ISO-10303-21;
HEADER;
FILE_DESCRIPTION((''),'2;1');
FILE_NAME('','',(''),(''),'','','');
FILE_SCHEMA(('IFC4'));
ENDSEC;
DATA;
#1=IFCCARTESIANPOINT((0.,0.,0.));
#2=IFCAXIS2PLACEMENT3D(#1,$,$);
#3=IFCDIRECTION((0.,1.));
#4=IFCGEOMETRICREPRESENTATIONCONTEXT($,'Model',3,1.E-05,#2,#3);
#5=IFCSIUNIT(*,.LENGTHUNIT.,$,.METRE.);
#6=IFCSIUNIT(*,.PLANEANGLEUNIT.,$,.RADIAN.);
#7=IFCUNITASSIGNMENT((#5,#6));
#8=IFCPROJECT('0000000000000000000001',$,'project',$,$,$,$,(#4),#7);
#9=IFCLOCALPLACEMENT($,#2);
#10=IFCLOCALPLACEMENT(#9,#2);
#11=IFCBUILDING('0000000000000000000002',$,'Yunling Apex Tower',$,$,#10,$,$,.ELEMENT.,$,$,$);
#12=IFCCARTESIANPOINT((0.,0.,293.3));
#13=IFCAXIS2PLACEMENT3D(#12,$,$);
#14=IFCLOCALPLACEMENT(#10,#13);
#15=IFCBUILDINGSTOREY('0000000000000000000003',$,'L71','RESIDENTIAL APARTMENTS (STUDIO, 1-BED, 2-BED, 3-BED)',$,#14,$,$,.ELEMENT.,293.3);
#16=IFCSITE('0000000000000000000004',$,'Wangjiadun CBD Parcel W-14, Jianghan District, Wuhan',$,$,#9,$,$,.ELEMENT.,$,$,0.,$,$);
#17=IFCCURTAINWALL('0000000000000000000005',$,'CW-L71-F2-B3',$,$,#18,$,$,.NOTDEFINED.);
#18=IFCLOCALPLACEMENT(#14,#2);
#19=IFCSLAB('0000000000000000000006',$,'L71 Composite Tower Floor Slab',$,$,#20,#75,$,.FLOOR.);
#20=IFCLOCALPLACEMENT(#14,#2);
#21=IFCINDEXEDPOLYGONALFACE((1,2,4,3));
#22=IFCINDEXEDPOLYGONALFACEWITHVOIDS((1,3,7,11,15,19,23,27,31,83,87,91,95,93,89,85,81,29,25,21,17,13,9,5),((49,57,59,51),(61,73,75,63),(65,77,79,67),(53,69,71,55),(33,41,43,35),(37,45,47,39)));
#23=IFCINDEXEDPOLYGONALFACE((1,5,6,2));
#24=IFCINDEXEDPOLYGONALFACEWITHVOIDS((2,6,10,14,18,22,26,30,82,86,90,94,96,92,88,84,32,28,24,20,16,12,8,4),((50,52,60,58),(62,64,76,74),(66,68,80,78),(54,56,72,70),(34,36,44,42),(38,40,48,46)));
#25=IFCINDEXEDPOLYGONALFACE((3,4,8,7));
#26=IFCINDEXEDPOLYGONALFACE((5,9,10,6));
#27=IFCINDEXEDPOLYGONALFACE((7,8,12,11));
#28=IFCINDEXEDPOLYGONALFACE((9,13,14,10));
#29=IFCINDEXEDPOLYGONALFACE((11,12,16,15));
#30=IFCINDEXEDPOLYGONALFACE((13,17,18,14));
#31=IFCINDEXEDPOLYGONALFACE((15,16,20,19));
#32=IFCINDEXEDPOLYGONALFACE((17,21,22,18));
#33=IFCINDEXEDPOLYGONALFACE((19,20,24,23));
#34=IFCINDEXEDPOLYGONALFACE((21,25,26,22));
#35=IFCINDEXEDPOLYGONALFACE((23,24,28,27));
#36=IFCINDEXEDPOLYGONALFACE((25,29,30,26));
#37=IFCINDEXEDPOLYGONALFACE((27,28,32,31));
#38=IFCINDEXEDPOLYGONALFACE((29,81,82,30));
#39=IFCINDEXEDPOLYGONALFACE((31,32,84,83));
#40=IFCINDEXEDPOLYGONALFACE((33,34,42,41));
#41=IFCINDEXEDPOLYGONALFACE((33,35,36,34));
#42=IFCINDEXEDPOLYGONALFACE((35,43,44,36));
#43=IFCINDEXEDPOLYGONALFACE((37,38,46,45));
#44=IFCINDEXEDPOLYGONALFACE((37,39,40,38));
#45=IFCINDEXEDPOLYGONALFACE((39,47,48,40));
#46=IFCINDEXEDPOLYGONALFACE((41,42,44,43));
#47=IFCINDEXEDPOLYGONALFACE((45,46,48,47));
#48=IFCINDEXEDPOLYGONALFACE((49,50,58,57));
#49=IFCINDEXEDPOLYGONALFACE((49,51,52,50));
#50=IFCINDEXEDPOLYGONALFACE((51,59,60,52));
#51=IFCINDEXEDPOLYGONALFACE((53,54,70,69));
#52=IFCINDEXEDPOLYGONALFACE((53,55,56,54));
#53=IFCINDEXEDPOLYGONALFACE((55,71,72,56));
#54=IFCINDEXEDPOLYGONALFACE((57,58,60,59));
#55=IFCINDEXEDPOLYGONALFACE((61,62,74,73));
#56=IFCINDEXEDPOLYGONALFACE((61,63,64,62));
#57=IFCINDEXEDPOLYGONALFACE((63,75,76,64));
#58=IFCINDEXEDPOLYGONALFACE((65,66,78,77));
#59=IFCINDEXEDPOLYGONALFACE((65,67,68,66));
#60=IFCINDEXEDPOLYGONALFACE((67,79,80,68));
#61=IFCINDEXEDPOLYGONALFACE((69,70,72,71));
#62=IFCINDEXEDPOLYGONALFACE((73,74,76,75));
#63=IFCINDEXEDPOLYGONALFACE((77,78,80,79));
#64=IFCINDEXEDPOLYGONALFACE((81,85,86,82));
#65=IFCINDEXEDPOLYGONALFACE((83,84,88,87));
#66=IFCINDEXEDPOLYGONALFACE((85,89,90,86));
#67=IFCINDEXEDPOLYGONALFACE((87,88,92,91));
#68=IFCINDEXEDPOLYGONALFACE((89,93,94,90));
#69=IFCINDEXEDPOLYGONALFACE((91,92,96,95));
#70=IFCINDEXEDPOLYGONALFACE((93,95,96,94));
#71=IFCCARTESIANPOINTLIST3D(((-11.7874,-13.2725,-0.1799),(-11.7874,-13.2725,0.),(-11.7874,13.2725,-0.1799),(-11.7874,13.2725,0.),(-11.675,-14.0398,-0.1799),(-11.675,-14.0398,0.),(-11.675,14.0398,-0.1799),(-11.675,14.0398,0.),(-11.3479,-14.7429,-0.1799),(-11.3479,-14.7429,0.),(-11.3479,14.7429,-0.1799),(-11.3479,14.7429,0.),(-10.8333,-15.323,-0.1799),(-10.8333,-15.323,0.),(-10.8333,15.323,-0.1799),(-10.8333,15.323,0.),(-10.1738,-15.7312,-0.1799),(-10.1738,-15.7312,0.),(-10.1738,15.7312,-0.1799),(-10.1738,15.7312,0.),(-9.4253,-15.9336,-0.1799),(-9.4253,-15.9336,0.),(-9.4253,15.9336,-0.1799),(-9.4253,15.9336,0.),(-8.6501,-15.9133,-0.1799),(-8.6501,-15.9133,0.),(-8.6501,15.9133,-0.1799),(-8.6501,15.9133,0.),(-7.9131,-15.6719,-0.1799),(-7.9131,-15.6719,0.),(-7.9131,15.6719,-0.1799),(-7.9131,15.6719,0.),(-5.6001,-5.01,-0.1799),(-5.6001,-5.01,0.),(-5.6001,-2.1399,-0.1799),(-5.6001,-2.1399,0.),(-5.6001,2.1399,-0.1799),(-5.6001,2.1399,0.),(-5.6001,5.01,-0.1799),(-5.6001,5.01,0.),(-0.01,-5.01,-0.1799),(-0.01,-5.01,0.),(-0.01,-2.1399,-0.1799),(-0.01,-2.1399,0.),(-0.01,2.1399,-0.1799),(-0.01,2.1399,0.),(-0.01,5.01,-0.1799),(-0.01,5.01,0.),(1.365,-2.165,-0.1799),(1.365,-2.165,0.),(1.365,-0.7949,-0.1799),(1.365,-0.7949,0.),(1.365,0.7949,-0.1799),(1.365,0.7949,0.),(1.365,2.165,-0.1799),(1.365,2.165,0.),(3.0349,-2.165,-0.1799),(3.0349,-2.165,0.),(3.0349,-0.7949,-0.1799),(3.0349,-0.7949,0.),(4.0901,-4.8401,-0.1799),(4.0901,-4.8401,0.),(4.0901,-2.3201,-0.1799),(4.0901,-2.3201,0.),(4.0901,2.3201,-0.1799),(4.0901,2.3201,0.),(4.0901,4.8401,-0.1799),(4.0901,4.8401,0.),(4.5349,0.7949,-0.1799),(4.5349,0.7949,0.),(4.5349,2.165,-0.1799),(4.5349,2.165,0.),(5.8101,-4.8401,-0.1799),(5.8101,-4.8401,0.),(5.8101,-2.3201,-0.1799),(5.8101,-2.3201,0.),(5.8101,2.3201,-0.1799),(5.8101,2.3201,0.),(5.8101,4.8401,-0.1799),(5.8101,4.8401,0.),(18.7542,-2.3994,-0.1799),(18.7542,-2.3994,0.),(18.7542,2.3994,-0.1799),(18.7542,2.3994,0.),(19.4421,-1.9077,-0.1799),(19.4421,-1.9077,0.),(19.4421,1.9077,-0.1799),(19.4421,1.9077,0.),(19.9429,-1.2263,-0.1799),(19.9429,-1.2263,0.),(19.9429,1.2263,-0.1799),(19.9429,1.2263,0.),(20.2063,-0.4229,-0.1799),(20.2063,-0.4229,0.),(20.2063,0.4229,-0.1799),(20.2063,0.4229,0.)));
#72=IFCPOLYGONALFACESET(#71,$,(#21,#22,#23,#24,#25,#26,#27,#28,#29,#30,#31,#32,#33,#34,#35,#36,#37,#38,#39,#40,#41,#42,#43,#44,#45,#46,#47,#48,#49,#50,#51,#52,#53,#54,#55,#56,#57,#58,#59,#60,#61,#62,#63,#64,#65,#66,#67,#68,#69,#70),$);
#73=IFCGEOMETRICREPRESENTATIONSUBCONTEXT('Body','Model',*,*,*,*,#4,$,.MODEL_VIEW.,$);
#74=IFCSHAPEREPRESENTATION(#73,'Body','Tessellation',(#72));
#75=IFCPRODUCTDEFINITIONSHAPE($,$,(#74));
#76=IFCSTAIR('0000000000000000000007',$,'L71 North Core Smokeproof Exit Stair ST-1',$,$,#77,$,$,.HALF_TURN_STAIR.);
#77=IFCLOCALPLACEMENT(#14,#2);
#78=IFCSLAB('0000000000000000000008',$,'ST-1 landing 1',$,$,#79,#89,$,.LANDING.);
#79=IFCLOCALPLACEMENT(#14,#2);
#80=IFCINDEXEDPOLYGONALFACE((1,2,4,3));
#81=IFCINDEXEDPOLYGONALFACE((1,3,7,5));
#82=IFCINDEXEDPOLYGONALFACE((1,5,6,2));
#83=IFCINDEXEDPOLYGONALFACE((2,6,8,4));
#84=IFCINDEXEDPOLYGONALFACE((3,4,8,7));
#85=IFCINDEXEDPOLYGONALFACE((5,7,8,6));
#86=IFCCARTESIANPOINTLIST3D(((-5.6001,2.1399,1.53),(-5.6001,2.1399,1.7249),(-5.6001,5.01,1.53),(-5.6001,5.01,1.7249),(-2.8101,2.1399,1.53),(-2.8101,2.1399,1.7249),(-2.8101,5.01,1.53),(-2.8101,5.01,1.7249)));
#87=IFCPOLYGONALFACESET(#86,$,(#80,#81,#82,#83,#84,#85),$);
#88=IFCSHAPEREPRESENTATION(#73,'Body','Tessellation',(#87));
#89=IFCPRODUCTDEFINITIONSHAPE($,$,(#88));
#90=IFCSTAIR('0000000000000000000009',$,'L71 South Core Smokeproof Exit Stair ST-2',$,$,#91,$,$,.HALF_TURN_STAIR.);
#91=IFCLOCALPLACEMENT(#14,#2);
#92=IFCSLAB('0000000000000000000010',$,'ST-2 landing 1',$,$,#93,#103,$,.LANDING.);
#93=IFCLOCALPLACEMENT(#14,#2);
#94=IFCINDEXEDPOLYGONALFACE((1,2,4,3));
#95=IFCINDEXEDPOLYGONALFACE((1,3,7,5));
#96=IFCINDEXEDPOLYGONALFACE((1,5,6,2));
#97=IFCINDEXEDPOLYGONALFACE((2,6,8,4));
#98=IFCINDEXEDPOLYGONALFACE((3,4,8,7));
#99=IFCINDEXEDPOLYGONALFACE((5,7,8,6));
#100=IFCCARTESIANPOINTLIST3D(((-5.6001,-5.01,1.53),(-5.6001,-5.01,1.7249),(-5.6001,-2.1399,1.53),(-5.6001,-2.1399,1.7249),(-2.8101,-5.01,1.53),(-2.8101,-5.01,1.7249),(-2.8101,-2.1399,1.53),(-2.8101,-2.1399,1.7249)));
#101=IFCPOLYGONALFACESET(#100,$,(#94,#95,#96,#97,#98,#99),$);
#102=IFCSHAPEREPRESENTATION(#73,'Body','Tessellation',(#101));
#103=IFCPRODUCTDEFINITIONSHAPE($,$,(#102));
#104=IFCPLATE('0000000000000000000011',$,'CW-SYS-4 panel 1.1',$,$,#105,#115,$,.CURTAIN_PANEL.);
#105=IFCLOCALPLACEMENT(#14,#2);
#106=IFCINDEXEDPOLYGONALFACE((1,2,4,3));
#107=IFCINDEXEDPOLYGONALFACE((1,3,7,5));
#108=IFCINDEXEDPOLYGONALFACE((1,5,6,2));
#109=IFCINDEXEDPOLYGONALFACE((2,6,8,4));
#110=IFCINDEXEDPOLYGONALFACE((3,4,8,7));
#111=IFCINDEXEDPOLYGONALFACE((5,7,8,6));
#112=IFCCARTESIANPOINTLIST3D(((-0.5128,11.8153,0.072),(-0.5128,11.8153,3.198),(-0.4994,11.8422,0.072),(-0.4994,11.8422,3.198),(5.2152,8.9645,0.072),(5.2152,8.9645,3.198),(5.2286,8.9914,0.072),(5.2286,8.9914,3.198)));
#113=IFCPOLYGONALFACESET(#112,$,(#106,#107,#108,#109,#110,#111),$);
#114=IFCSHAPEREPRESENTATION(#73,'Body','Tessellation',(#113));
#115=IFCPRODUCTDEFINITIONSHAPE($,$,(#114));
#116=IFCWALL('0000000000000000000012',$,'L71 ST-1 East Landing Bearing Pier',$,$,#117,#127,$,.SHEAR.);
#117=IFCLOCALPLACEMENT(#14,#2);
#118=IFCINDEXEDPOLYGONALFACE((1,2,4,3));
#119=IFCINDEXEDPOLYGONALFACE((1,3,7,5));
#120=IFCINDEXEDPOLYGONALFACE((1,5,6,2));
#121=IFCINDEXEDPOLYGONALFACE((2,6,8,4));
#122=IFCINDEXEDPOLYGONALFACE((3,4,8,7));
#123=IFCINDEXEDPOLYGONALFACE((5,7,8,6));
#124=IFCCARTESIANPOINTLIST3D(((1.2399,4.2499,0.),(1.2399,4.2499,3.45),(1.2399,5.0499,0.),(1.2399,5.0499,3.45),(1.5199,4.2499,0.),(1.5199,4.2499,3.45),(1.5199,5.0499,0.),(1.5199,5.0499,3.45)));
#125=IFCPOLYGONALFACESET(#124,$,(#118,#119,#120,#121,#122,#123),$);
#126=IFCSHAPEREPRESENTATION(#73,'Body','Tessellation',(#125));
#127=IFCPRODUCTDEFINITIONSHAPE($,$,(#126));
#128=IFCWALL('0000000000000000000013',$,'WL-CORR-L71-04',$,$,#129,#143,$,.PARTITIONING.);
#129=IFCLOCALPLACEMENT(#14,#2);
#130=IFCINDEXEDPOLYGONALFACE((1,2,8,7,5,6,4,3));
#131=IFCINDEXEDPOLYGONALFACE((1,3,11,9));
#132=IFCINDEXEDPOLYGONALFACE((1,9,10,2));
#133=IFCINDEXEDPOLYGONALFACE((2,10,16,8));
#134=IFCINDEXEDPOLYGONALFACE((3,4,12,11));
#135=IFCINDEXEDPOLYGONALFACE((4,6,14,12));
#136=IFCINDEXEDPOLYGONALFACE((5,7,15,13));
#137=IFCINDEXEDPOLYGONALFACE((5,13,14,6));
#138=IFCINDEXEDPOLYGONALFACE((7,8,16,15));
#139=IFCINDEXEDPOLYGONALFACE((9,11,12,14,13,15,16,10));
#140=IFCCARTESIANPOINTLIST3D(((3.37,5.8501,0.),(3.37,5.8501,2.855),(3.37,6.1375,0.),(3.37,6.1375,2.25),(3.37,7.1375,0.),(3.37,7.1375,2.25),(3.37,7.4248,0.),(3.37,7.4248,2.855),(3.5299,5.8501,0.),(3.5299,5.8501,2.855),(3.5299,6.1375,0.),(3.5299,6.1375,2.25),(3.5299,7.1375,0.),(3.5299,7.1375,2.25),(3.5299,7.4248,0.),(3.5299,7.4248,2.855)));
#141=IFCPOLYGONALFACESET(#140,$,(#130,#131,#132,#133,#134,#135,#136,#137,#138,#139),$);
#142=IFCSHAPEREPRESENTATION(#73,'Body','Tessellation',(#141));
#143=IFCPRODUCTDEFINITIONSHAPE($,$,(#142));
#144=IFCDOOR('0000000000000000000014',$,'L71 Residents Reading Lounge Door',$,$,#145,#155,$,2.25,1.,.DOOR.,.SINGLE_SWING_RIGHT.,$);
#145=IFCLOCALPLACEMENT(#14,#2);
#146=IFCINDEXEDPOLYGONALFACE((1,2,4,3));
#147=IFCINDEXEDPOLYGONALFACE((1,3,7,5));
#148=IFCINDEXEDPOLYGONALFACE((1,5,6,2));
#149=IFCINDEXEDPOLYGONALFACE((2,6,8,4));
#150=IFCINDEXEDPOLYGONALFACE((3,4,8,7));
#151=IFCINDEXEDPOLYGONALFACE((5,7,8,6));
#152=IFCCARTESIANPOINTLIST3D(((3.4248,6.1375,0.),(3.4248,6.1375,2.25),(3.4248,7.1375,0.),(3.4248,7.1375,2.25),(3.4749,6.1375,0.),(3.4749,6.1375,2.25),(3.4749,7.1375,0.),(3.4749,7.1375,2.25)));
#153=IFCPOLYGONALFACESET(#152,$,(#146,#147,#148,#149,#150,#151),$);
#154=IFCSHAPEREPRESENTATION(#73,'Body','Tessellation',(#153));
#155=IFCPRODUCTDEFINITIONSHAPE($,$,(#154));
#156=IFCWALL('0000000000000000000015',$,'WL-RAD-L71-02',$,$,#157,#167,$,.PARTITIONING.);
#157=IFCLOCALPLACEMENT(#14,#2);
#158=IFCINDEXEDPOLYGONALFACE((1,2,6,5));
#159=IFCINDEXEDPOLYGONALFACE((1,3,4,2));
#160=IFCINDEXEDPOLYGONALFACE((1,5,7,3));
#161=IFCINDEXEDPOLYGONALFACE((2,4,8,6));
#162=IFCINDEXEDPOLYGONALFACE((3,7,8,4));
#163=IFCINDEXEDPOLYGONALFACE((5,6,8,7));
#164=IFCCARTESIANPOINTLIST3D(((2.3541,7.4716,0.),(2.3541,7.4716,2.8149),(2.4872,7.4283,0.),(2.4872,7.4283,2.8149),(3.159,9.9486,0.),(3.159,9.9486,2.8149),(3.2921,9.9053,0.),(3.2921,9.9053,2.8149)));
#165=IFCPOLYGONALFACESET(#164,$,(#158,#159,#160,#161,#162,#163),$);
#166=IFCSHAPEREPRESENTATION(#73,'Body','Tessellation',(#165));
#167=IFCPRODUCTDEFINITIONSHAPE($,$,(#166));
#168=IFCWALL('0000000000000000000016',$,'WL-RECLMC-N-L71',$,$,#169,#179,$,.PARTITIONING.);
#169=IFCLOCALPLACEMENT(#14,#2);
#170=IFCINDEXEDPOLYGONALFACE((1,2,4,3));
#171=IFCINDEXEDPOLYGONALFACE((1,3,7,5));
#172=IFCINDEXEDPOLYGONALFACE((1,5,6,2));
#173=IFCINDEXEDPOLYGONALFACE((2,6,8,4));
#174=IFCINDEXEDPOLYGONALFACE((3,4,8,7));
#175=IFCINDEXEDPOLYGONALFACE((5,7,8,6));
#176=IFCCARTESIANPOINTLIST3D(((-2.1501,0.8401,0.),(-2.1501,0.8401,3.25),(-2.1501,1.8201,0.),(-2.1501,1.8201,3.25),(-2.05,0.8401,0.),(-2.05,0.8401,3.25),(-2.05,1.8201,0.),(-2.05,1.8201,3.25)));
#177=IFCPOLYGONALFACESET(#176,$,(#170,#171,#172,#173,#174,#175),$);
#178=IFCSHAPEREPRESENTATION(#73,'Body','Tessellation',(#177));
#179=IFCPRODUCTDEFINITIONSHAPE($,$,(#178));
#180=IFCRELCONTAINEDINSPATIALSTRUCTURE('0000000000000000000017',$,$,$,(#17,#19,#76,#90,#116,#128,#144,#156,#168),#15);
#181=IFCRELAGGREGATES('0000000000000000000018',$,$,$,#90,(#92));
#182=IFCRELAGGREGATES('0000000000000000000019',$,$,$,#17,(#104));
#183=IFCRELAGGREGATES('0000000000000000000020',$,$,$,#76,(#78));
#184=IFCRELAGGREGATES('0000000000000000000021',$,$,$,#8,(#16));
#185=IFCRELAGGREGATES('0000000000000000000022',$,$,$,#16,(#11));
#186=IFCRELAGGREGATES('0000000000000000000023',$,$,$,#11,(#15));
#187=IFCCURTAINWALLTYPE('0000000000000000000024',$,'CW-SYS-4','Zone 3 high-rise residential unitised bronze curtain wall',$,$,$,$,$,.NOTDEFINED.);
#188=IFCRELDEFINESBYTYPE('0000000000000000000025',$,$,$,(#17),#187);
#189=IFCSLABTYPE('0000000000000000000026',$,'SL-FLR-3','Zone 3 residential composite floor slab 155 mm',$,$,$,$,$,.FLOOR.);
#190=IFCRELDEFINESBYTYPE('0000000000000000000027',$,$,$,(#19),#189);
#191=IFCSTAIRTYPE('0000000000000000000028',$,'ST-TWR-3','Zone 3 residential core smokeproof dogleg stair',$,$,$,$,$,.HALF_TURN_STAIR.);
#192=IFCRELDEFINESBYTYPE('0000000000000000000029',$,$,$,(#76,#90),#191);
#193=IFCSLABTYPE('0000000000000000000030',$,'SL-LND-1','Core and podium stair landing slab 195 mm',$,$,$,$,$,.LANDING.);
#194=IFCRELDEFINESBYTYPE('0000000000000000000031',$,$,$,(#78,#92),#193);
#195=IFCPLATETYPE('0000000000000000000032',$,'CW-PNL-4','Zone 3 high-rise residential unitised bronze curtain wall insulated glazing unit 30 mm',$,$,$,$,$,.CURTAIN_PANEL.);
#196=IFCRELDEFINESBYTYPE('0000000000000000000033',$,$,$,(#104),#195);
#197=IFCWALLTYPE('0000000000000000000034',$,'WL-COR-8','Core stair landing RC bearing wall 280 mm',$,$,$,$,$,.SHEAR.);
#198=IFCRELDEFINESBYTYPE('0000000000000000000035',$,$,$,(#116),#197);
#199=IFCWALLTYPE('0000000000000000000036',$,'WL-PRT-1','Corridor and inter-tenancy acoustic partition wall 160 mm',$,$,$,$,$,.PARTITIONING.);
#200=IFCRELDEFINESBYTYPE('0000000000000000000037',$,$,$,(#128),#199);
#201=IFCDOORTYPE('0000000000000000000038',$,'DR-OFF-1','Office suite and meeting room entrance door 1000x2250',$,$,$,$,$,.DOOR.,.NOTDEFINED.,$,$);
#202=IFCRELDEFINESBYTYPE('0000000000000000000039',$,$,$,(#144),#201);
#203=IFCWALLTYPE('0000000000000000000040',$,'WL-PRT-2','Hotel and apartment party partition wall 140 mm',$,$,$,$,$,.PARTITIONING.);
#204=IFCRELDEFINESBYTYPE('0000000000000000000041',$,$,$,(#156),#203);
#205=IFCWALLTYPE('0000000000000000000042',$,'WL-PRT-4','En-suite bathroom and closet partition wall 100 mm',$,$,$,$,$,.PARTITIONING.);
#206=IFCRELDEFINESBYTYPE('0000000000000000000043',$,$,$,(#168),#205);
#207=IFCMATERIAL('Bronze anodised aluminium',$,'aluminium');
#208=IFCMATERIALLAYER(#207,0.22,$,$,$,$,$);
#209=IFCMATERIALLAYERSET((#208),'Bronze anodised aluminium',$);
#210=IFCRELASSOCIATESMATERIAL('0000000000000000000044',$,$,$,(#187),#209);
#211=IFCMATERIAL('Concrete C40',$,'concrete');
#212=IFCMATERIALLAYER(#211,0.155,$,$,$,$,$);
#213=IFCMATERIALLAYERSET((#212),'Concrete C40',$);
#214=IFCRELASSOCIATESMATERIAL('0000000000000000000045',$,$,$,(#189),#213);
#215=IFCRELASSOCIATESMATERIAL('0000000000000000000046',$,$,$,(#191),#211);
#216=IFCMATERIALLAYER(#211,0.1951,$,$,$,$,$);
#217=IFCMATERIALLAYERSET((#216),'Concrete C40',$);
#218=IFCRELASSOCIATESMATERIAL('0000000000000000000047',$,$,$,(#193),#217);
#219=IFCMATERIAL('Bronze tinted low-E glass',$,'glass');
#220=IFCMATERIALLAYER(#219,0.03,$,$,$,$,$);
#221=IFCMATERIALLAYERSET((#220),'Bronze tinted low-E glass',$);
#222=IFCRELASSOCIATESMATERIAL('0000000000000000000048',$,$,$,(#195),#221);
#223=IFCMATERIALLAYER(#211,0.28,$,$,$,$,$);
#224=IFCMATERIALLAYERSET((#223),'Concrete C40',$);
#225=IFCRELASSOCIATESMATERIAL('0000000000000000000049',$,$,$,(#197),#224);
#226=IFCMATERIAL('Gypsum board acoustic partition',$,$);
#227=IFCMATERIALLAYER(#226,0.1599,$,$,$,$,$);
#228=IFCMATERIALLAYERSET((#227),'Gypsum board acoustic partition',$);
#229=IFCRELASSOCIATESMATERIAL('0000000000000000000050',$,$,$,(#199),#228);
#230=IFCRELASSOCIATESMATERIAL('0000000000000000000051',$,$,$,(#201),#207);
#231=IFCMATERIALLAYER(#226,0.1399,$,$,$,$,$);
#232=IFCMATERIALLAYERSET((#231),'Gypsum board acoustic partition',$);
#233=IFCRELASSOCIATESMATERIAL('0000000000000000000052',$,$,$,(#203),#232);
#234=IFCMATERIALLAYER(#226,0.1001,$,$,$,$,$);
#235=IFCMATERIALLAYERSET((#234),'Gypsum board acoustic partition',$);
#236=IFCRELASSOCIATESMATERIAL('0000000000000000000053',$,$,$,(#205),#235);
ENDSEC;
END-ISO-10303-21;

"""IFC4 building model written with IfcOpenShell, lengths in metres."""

from ifc_helpers import new_model, si_unit, direction, frame, frame_2d, origin, origin_2d, place, context, subcontext, project, spatial, polyline, rectangle, outline, extrude, source, transform, mapped, material, layer, layer_set, type_object, element, fill, aggregate, save


model = new_model("IFC4")

# Units and contexts
model_context = context("Model", 3, precision=1e-05, world=origin(), true_north=direction((0.0, 1.0)))
body_context = subcontext(model_context, "Body", "Model", "MODEL_VIEW")
ifc_project = project(units=[si_unit("LENGTHUNIT", "METRE"), si_unit("PLANEANGLEUNIT", "RADIAN")], contexts=[model_context])

# Site, building, storey
site_placement = place(None, origin())
site = spatial("IfcSite", under=ifc_project, at=site_placement, Name="Wangjiadun CBD Parcel W-14, Jianghan District, Wuhan", CompositionType="ELEMENT", RefElevation=0.0)
building_placement = place(site_placement, origin())
building = spatial("IfcBuilding", under=site, at=building_placement, Name="Yunling Apex Tower", CompositionType="ELEMENT")
storey_placement = place(building_placement, frame((0.0, 0.0, 293.3)))
storey = spatial("IfcBuildingStorey", under=building, at=storey_placement, Name="L71", Description="RESIDENTIAL APARTMENTS (STUDIO, 1-BED, 2-BED, 3-BED)", CompositionType="ELEMENT", Elevation=293.3)

# Shared definitions
ifc_material_1 = material(Name="Bronze anodised aluminium", Category="aluminium")
ifc_layer_1 = layer(ifc_material_1, 0.22)
ifc_layer_set_1 = layer_set([ifc_layer_1], Name="Bronze anodised aluminium")
curtain_wall_type = type_object("IfcCurtainWallType", Name="CW-SYS-4", Description="Zone 3 high-rise residential unitised bronze curtain wall", PredefinedType="NOTDEFINED", material=ifc_layer_set_1)

# Curtain wall
curtain_wall_1_placement = place(storey_placement, origin())
curtain_wall_1 = element("IfcCurtainWall", 1, at=curtain_wall_1_placement, inside=storey, type_object=curtain_wall_type, Name="CW-L71-F2-B3", PredefinedType="NOTDEFINED")

# Slab
ifc_material_2 = material(Name="Concrete C40", Category="concrete")
ifc_layer_2 = layer(ifc_material_2, 0.155)
ifc_layer_set_2 = layer_set([ifc_layer_2], Name="Concrete C40")
slab_type_1 = type_object("IfcSlabType", Name="SL-FLR-3", Description="Zone 3 residential composite floor slab 155 mm", PredefinedType="FLOOR", material=ifc_layer_set_2)
slab_1_placement = place(storey_placement, frame((0.0, 0.0, -0.1799)))
element("IfcSlab", 2, at=slab_1_placement, inside=storey, type_object=slab_type_1, Name="L71 Composite Tower Floor Slab", PredefinedType="FLOOR", context=body_context, shape_type="SweptSolid", body=[
    extrude(outline(polyline([(-11.7874, -13.2725), (-11.675, -14.0398), (-11.3479, -14.7429), (-10.8333, -15.323), (-10.1738, -15.7312), (-9.4253, -15.9336), (-8.6501, -15.9133), (-7.9131, -15.6719), (18.7542, -2.3994), (19.4421, -1.9077), (19.9429, -1.2263), (20.2063, -0.4229), (20.2063, 0.4229), (19.9429, 1.2263), (19.4421, 1.9077), (18.7542, 2.3994), (-7.9131, 15.6719), (-8.6501, 15.9133), (-9.4253, 15.9336), (-10.1738, 15.7312), (-10.8333, 15.323), (-11.3479, 14.7429), (-11.675, 14.0398), (-11.7874, 13.2725), (-11.7874, -13.2725)]), holes=[polyline([(4.0901, 4.8401), (5.8101, 4.8401), (5.8101, 2.3201), (4.0901, 2.3201), (4.0901, 4.8401)]), polyline([(4.0901, -4.8401), (4.0901, -2.3201), (5.8101, -2.3201), (5.8101, -4.8401), (4.0901, -4.8401)]), polyline([(4.5349, 0.7949), (1.365, 0.7949), (1.365, 2.165), (4.5349, 2.165), (4.5349, 0.7949)]), polyline([(1.365, -0.7949), (3.0349, -0.7949), (3.0349, -2.165), (1.365, -2.165), (1.365, -0.7949)]), polyline([(-0.01, -5.01), (-5.6001, -5.01), (-5.6001, -2.1399), (-0.01, -2.1399), (-0.01, -5.01)]), polyline([(-0.01, 2.1399), (-5.6001, 2.1399), (-5.6001, 5.01), (-0.01, 5.01), (-0.01, 2.1399)])]), origin(), (0.0, 0.0, 1.0), 0.1799),
])

# Stairs, slabs
stair_type = type_object("IfcStairType", Name="ST-TWR-3", Description="Zone 3 residential core smokeproof dogleg stair", PredefinedType="HALF_TURN_STAIR", material=ifc_material_2)
stair_1_placement = place(storey_placement, origin())
stair_1 = element("IfcStair", 3, at=stair_1_placement, inside=storey, type_object=stair_type, Name="L71 North Core Smokeproof Exit Stair ST-1", PredefinedType="HALF_TURN_STAIR")
ifc_layer_3 = layer(ifc_material_2, 0.1951)
ifc_layer_set_3 = layer_set([ifc_layer_3], Name="Concrete C40")
slab_type_2 = type_object("IfcSlabType", Name="SL-LND-1", Description="Core and podium stair landing slab 195 mm", PredefinedType="LANDING", material=ifc_layer_set_3)
slab_2_placement = place(storey_placement, frame((0.0, 0.0, 1.53)))
slab_2 = element("IfcSlab", 4, at=slab_2_placement, type_object=slab_type_2, Name="ST-1 landing 1", PredefinedType="LANDING", context=body_context, shape_type="SweptSolid", body=[
    extrude(outline(polyline([(-2.8101, 5.01), (-5.6001, 5.01), (-5.6001, 2.1399), (-2.8101, 2.1399), (-2.8101, 5.01)])), origin(), (0.0, 0.0, 1.0), 0.1948),
])
stair_2_placement = place(storey_placement, origin())
stair_2 = element("IfcStair", 5, at=stair_2_placement, inside=storey, type_object=stair_type, Name="L71 South Core Smokeproof Exit Stair ST-2", PredefinedType="HALF_TURN_STAIR")
slab_3_placement = place(storey_placement, frame((0.0, 0.0, 1.53)))
slab_3 = element("IfcSlab", 6, at=slab_3_placement, type_object=slab_type_2, Name="ST-2 landing 1", PredefinedType="LANDING", context=body_context, shape_type="SweptSolid", body=[
    extrude(outline(polyline([(-2.8101, -2.1399), (-5.6001, -2.1399), (-5.6001, -5.01), (-2.8101, -5.01), (-2.8101, -2.1399)])), origin(), (0.0, 0.0, 1.0), 0.1948),
])
aggregate(stair_2, [slab_3])

# Plate
ifc_material_3 = material(Name="Bronze tinted low-E glass", Category="glass")
ifc_layer_4 = layer(ifc_material_3, 0.03)
ifc_layer_set_4 = layer_set([ifc_layer_4], Name="Bronze tinted low-E glass")
plate_type = type_object("IfcPlateType", Name="CW-PNL-4", Description="Zone 3 high-rise residential unitised bronze curtain wall insulated glazing unit 30 mm", PredefinedType="CURTAIN_PANEL", material=ifc_layer_set_4)
shared_shape_1 = source(origin(), body_context, "Body", "SweptSolid", [
    extrude(rectangle(XDim=6.3982, YDim=0.03, at=origin_2d()), origin(), (0.0, 0.0, 1.0), 3.126),
])
plate_placement = place(storey_placement, frame((2.3579, 10.4033, 0.072), z_axis=(0.0, 0.0, 1.0), x_axis=(-0.895251, 0.445562, 0.0)))
plate = element("IfcPlate", 7, at=plate_placement, type_object=plate_type, Name="CW-SYS-4 panel 1.1", PredefinedType="CURTAIN_PANEL", context=body_context, shape_type="MappedRepresentation", body=[
    mapped(shared_shape_1, transform((0.0, 0.0, 0.0), scale=1.0)),
])
aggregate(curtain_wall_1, [plate])

# Wall
ifc_layer_5 = layer(ifc_material_2, 0.28)
ifc_layer_set_5 = layer_set([ifc_layer_5], Name="Concrete C40")
wall_type_1 = type_object("IfcWallType", Name="WL-COR-8", Description="Core stair landing RC bearing wall 280 mm", PredefinedType="SHEAR", material=ifc_layer_set_5)
wall_1_placement = place(storey_placement, frame((1.3799, 4.25, 0.0), z_axis=(0.0, 0.0, 1.0), x_axis=(0.0, 1.0, 0.0)))
element("IfcWall", 8, at=wall_1_placement, inside=storey, type_object=wall_type_1, Name="L71 ST-1 East Landing Bearing Pier", PredefinedType="SHEAR", context=body_context, shape_type="SweptSolid", body=[
    extrude(rectangle(XDim=0.8, YDim=0.28, at=frame_2d((0.3999, 0.0))), origin(), (0.0, 0.0, 1.0), 3.45),
])

# Wall, opening, door
ifc_material_4 = material(Name="Gypsum board acoustic partition")
ifc_layer_6 = layer(ifc_material_4, 0.1599)
ifc_layer_set_6 = layer_set([ifc_layer_6], Name="Gypsum board acoustic partition")
wall_type_2 = type_object("IfcWallType", Name="WL-PRT-1", Description="Corridor and inter-tenancy acoustic partition wall 160 mm", PredefinedType="PARTITIONING", material=ifc_layer_set_6)
wall_2_placement = place(storey_placement, frame((3.45, 7.4248, 0.0), z_axis=(0.0, 0.0, 1.0), x_axis=(0.0, -1.0, 0.0)))
wall_2 = element("IfcWall", 9, at=wall_2_placement, inside=storey, type_object=wall_type_2, Name="WL-CORR-L71-04", PredefinedType="PARTITIONING", context=body_context, shape_type="SweptSolid", body=[
    extrude(rectangle(XDim=1.5747, YDim=0.1599, at=frame_2d((0.7874, 0.0))), origin(), (0.0, 0.0, 1.0), 2.855),
])
opening_1_placement = place(wall_2_placement, frame((0.2874, 0.0, 0.0)))
opening_1 = element("IfcOpeningElement", 10, at=opening_1_placement, cuts=wall_2, PredefinedType="OPENING", context=body_context, shape_type="SweptSolid", body=[
    extrude(rectangle(XDim=1.0, YDim=2.25, at=frame_2d((0.5, 1.125))), frame((0.0, 0.0898, 0.0), z_axis=(0.0, -1.0, 0.0), x_axis=(1.0, 0.0, 0.0)), (0.0, 0.0, 1.0), 0.1799),
])
door_type_1 = type_object("IfcDoorType", Name="DR-OFF-1", Description="Office suite and meeting room entrance door 1000x2250", OperationType="NOTDEFINED", PredefinedType="DOOR", material=ifc_material_1)
door_1_placement = place(opening_1_placement, origin())
door_1 = element("IfcDoor", 11, at=door_1_placement, inside=storey, type_object=door_type_1, Name="L71 Residents Reading Lounge Door", OperationType="SINGLE_SWING_RIGHT", OverallHeight=2.25, OverallWidth=1.0, PredefinedType="DOOR", context=body_context, shape_type="SweptSolid", body=[
    extrude(rectangle(XDim=1.0, YDim=2.25, at=frame_2d((0.5, 1.125))), frame((0.0, 0.0249, 0.0), z_axis=(0.0, -1.0, 0.0), x_axis=(1.0, 0.0, 0.0)), (0.0, 0.0, 1.0), 0.05),
])
fill(opening_1, door_1)

# Walls
ifc_layer_7 = layer(ifc_material_4, 0.1399)
ifc_layer_set_7 = layer_set([ifc_layer_7], Name="Gypsum board acoustic partition")
wall_type_3 = type_object("IfcWallType", Name="WL-PRT-2", Description="Hotel and apartment party partition wall 140 mm", PredefinedType="PARTITIONING", material=ifc_layer_set_7)
wall_3_placement = place(storey_placement, frame((2.4207, 7.45, 0.0), z_axis=(0.0, 0.0, 1.0), x_axis=(0.309048, 0.951046, 0.0)))
element("IfcWall", 12, at=wall_3_placement, inside=storey, type_object=wall_type_3, Name="WL-RAD-L71-02", PredefinedType="PARTITIONING", context=body_context, shape_type="SweptSolid", body=[
    extrude(rectangle(XDim=2.6045, YDim=0.1399, at=frame_2d((1.3022, 0.0))), origin(), (0.0, 0.0, 1.0), 2.8149),
])
ifc_layer_8 = layer(ifc_material_4, 0.1001)
ifc_layer_set_8 = layer_set([ifc_layer_8], Name="Gypsum board acoustic partition")
wall_type_4 = type_object("IfcWallType", Name="WL-PRT-4", Description="En-suite bathroom and closet partition wall 100 mm", PredefinedType="PARTITIONING", material=ifc_layer_set_8)
wall_4_placement = place(storey_placement, frame((-2.1001, 0.8401, 0.0), z_axis=(0.0, 0.0, 1.0), x_axis=(0.0, 1.0, 0.0)))
element("IfcWall", 13, at=wall_4_placement, inside=storey, type_object=wall_type_4, Name="WL-RECLMC-N-L71", PredefinedType="PARTITIONING", context=body_context, shape_type="SweptSolid", body=[
    extrude(rectangle(XDim=0.98, YDim=0.1001, at=frame_2d((0.49, 0.0))), origin(), (0.0, 0.0, 1.0), 3.25),
])

aggregate(stair_1, [slab_2])

save(model, "model.ifc")
